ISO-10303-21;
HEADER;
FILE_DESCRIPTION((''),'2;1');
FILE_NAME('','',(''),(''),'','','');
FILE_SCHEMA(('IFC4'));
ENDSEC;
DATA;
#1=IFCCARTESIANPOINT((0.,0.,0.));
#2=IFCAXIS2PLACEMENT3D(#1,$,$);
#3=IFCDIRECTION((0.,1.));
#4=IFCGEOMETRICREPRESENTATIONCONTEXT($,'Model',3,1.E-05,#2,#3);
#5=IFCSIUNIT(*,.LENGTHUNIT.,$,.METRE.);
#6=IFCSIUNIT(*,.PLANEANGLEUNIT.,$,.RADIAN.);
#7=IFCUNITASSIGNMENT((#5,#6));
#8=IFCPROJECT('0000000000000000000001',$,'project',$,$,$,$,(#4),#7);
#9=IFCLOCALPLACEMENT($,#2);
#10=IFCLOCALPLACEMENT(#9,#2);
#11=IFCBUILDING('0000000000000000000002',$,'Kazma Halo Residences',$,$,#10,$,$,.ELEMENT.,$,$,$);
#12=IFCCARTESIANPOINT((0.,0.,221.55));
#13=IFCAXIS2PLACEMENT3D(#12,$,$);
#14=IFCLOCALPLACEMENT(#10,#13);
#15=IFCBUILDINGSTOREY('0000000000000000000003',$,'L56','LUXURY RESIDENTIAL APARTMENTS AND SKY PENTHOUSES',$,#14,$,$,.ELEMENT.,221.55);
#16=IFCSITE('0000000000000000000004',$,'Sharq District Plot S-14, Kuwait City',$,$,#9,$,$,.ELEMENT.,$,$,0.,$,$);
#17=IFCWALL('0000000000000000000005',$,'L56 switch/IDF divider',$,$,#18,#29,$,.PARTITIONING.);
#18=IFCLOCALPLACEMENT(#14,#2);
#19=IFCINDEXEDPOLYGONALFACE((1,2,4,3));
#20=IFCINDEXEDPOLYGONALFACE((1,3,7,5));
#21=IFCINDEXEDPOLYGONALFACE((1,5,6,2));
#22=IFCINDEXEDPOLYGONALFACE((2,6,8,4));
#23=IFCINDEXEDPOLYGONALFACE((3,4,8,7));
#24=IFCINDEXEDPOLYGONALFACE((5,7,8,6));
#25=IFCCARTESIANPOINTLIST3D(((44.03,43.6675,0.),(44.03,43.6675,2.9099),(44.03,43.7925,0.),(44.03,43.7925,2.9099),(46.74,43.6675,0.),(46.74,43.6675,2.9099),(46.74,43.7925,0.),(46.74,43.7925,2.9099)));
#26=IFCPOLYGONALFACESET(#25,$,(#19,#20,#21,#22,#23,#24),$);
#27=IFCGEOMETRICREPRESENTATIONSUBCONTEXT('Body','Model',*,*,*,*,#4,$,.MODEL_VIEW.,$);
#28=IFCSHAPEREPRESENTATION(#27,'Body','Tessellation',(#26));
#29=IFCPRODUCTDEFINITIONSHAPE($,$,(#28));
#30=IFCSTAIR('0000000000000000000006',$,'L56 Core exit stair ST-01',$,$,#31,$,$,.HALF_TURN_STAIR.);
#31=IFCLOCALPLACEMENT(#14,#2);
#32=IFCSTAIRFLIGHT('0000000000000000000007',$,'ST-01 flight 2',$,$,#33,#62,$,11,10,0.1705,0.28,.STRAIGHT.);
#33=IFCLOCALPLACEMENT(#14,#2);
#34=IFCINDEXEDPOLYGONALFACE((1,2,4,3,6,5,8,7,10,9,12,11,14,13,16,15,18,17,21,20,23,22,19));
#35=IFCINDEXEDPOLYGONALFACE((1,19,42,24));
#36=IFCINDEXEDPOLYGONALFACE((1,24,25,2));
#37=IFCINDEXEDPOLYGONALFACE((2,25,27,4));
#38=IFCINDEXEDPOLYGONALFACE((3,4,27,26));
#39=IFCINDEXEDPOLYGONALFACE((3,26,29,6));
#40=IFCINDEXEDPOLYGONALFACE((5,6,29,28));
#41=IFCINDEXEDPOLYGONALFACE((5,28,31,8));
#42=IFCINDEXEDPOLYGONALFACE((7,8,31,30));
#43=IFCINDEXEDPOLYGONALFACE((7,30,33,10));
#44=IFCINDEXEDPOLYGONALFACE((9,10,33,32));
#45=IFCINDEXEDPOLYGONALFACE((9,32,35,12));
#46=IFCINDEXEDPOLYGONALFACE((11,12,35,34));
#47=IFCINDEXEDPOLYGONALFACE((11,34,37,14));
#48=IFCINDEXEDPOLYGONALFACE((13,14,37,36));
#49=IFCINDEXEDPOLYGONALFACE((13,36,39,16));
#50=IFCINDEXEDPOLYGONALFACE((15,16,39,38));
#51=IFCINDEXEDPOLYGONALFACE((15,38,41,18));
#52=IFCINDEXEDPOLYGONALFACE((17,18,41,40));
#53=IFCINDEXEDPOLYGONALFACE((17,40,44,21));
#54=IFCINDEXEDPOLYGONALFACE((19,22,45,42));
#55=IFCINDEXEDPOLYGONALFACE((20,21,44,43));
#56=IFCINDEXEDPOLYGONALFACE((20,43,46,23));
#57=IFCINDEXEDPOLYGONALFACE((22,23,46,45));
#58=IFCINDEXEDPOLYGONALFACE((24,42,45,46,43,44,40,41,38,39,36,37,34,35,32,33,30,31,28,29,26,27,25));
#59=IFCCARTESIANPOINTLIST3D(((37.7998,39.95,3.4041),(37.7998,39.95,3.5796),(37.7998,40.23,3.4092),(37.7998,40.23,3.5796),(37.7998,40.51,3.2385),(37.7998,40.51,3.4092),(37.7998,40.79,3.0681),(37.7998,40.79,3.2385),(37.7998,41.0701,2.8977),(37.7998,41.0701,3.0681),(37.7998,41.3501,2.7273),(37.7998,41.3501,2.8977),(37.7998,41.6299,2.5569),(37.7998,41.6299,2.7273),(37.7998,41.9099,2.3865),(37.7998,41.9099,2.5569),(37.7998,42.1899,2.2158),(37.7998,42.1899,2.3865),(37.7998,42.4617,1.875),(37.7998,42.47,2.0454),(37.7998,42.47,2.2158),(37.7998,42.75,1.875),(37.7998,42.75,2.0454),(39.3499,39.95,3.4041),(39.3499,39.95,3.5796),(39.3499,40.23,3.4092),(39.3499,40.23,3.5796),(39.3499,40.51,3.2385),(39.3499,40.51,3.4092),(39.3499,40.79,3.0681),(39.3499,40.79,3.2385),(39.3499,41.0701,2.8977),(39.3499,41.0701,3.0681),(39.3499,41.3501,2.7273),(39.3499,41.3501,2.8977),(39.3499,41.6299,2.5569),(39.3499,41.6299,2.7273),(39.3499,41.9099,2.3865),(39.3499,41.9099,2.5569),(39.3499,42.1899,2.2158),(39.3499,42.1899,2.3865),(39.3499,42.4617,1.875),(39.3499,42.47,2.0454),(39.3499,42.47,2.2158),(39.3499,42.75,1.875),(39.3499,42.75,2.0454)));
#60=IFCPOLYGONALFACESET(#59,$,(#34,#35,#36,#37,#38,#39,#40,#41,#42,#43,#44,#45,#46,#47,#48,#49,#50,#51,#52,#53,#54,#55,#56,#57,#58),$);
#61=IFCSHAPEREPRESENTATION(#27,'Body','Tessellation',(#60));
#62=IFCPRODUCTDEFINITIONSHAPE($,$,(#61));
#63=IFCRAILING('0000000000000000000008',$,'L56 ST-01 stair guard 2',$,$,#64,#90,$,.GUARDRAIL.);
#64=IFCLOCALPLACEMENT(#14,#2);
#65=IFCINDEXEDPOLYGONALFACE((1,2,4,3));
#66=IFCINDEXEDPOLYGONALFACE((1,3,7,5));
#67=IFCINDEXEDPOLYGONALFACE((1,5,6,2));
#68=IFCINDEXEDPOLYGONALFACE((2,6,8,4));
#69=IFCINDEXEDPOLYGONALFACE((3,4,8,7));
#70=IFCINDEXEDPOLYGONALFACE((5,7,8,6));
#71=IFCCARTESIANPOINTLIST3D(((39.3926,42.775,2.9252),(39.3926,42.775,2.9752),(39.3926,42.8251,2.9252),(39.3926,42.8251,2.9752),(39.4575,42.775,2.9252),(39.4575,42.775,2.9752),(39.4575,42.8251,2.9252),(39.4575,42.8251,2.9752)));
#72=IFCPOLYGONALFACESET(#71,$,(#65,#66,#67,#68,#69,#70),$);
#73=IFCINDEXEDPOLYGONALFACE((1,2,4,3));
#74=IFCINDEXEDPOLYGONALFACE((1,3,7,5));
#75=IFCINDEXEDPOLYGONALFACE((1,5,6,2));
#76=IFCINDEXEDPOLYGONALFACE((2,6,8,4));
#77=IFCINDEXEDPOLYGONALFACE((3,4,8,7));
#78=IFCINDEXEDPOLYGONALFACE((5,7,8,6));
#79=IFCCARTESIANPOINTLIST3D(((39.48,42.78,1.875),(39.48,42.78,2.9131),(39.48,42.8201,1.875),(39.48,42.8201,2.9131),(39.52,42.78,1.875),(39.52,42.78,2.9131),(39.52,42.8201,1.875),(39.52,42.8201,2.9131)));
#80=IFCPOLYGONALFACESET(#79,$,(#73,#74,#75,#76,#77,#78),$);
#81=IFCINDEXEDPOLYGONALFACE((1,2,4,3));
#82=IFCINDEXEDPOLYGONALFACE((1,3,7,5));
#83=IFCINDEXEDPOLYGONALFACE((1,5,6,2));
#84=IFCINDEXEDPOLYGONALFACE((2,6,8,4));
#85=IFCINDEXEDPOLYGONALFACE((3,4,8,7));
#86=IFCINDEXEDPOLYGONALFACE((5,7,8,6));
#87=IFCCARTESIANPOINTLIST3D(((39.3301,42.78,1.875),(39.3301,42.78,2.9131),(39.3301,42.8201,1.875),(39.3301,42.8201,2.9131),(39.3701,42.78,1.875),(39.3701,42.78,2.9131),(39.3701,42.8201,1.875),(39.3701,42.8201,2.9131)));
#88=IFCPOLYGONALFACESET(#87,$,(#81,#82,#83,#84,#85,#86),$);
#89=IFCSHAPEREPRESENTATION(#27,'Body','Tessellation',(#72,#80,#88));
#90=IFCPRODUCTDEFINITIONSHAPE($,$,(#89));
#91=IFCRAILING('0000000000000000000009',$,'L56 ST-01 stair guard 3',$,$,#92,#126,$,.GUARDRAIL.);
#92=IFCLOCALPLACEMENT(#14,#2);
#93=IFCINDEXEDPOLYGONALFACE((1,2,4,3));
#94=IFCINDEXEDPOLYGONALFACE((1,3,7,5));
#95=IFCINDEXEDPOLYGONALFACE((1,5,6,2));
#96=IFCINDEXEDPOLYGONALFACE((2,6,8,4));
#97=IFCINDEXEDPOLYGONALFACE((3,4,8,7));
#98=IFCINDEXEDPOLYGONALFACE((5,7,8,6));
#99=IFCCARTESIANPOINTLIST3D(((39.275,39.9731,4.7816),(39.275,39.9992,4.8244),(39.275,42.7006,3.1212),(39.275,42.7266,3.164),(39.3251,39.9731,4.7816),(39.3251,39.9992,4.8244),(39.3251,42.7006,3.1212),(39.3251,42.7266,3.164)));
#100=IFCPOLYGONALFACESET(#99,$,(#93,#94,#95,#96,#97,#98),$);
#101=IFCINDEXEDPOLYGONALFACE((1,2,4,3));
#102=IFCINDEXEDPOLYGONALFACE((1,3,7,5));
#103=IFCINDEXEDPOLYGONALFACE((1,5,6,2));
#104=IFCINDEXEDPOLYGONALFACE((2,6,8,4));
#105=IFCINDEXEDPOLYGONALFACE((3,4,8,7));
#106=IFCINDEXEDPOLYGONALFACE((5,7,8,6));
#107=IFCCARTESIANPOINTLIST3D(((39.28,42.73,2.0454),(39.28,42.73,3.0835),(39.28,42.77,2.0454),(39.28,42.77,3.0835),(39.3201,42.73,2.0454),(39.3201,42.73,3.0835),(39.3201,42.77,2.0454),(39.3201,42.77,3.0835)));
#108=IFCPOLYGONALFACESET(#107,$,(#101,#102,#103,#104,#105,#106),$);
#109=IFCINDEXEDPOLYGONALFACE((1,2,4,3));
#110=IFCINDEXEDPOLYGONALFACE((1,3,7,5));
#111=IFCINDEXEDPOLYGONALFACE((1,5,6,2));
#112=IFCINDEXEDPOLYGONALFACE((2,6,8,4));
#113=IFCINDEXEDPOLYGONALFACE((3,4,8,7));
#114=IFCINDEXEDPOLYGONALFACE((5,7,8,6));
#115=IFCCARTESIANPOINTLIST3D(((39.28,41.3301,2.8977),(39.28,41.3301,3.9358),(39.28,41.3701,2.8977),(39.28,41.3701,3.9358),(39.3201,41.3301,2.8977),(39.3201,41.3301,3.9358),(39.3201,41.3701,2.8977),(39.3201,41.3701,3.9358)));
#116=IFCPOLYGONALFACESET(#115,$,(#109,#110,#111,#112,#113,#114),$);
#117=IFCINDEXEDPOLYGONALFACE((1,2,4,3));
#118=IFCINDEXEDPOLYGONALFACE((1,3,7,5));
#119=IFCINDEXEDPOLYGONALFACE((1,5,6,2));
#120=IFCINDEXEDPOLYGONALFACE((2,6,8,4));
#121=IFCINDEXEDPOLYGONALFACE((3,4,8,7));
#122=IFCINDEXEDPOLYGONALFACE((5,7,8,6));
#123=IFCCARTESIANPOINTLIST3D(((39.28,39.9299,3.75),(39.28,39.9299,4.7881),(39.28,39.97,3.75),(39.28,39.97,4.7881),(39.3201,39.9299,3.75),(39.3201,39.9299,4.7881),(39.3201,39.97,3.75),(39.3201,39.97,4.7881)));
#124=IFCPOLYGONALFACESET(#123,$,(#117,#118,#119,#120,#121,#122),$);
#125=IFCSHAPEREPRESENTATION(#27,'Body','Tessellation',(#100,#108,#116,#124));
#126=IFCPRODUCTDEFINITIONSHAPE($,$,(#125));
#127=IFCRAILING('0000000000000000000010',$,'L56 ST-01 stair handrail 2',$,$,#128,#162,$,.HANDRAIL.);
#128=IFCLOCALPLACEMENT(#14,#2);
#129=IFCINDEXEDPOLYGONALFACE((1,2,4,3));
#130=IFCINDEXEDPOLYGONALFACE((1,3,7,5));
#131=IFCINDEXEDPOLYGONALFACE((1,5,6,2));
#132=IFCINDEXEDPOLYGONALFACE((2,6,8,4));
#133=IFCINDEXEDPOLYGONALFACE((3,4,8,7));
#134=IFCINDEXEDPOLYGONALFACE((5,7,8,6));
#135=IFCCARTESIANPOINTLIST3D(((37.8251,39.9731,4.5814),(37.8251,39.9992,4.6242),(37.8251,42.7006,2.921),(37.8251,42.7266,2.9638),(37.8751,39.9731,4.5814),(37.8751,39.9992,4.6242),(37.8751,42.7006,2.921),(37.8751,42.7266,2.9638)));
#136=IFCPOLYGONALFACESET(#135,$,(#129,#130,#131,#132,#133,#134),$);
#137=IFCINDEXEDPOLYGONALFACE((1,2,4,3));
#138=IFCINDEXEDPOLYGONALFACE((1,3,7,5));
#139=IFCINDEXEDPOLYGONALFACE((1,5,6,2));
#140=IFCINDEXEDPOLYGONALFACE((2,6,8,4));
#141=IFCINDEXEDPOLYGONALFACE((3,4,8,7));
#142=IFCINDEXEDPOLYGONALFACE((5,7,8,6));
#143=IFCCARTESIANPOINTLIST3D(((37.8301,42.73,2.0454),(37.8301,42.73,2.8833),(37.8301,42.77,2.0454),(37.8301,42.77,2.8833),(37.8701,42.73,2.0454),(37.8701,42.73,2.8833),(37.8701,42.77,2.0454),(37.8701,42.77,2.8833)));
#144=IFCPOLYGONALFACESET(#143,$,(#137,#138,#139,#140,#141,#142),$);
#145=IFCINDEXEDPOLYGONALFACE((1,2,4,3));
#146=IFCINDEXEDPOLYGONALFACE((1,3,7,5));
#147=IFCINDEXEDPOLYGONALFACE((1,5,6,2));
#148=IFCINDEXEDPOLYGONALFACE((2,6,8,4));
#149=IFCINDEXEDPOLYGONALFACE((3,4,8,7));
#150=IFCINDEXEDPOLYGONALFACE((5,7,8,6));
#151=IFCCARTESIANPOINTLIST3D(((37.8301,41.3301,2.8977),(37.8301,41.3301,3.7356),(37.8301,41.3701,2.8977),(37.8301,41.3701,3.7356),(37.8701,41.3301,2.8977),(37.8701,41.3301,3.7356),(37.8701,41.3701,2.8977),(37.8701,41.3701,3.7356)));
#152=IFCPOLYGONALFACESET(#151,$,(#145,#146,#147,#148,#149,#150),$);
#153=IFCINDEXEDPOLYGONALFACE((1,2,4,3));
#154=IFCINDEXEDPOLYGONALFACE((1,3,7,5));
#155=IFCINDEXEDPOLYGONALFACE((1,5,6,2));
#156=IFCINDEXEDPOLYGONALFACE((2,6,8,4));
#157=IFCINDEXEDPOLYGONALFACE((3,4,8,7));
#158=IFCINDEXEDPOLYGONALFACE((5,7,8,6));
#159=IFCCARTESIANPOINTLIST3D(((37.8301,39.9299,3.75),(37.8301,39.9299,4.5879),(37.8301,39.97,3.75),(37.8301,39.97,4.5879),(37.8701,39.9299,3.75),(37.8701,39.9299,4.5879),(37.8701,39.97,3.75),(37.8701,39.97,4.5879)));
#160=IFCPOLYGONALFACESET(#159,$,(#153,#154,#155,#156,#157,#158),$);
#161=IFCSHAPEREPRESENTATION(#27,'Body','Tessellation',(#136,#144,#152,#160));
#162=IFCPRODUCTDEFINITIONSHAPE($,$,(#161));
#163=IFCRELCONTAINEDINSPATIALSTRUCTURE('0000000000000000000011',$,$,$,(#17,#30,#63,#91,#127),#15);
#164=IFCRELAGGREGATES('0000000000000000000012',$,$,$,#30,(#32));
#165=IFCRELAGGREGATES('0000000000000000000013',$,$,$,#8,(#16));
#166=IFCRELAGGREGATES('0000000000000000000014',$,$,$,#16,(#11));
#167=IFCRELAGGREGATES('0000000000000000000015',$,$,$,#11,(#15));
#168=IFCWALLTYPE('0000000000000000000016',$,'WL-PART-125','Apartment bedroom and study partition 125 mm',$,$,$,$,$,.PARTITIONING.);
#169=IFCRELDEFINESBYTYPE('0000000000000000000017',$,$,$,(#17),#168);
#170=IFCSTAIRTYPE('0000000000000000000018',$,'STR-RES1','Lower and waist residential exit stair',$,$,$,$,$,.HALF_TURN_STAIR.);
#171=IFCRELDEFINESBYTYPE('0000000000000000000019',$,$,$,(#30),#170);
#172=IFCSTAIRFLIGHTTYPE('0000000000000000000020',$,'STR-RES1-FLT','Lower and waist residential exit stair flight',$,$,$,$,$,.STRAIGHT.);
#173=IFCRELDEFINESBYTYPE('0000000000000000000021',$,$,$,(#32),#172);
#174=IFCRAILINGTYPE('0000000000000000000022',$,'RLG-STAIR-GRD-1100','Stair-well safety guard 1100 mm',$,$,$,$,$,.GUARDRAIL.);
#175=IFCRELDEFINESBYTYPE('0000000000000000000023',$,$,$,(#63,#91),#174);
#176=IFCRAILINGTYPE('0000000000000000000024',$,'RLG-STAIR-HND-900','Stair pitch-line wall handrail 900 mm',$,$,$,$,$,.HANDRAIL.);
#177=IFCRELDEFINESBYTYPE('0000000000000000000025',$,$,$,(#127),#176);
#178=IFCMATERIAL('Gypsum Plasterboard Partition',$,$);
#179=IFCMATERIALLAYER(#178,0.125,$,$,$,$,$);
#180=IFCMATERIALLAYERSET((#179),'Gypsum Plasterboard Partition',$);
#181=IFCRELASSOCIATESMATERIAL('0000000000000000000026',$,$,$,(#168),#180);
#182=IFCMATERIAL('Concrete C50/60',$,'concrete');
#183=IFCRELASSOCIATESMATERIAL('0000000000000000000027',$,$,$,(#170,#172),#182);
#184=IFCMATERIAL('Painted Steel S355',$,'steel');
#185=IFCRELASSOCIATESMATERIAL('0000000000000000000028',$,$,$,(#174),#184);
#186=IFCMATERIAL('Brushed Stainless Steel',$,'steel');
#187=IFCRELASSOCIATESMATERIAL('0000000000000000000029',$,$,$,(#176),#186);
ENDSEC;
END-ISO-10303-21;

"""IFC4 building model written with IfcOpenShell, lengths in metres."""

from ifc_helpers import new_model, si_unit, direction, frame, frame_2d, origin, origin_2d, place, context, subcontext, project, spatial, polyline, rectangle, outline, extrude, material, layer, layer_set, type_object, element, aggregate, save


model = new_model("IFC4")

# Units and contexts
model_context = context("Model", 3, precision=1e-05, world=origin(), true_north=direction((0.0, 1.0)))
body_context = subcontext(model_context, "Body", "Model", "MODEL_VIEW")
ifc_project = project(units=[si_unit("LENGTHUNIT", "METRE"), si_unit("PLANEANGLEUNIT", "RADIAN")], contexts=[model_context])

# Site, building, storey
site_placement = place(None, origin())
site = spatial("IfcSite", under=ifc_project, at=site_placement, Name="Sharq District Plot S-14, Kuwait City", CompositionType="ELEMENT", RefElevation=0.0)
building_placement = place(site_placement, origin())
building = spatial("IfcBuilding", under=site, at=building_placement, Name="Kazma Halo Residences", CompositionType="ELEMENT")
storey_placement = place(building_placement, frame((0.0, 0.0, 221.55)))
storey = spatial("IfcBuildingStorey", under=building, at=storey_placement, Name="L56", Description="LUXURY RESIDENTIAL APARTMENTS AND SKY PENTHOUSES", CompositionType="ELEMENT", Elevation=221.55)

# Wall
ifc_material_1 = material(Name="Gypsum Plasterboard Partition")
ifc_layer_1 = layer(ifc_material_1, 0.125)
ifc_layer_set_1 = layer_set([ifc_layer_1], Name="Gypsum Plasterboard Partition")
wall_type_1 = type_object("IfcWallType", Name="WL-PART-125", Description="Apartment bedroom and study partition 125 mm", PredefinedType="PARTITIONING", material=ifc_layer_set_1)
wall_1_placement = place(storey_placement, frame((44.03, 43.73, 0.0), z_axis=(0.0, 0.0, 1.0), x_axis=(1.0, 0.0, 0.0)))
element("IfcWall", 1, at=wall_1_placement, inside=storey, type_object=wall_type_1, Name="L56 switch/IDF divider", PredefinedType="PARTITIONING", context=body_context, shape_type="SweptSolid", body=[
    extrude(rectangle(XDim=2.71, YDim=0.125, at=frame_2d((1.355, 0.0))), origin(), (0.0, 0.0, 1.0), 2.9099),
])

# Stair, stair flight
ifc_material_2 = material(Name="Concrete C50/60", Category="concrete")
stair_type = type_object("IfcStairType", Name="STR-RES1", Description="Lower and waist residential exit stair", PredefinedType="HALF_TURN_STAIR", material=ifc_material_2)
stair_placement = place(storey_placement, origin())
stair = element("IfcStair", 2, at=stair_placement, inside=storey, type_object=stair_type, Name="L56 Core exit stair ST-01", PredefinedType="HALF_TURN_STAIR")
stair_flight_type = type_object("IfcStairFlightType", Name="STR-RES1-FLT", Description="Lower and waist residential exit stair flight", PredefinedType="STRAIGHT", material=ifc_material_2)
stair_flight_placement = place(storey_placement, frame((38.575, 42.75, 1.875), z_axis=(0.0, 0.0, 1.0), x_axis=(0.0, -1.0, 0.0)))
stair_flight = element("IfcStairFlight", 3, at=stair_flight_placement, type_object=stair_flight_type, Name="ST-01 flight 2", NumberOfRisers=11, NumberOfTreads=10, PredefinedType="STRAIGHT", RiserHeight=0.1705, TreadLength=0.28, context=body_context, shape_type="SweptSolid", body=[
    extrude(outline(polyline([(0.0, 0.0), (0.0, 0.1704), (0.28, 0.1704), (0.28, 0.3408), (0.5601, 0.3408), (0.5601, 0.5115), (0.8401, 0.5115), (0.8401, 0.6819), (1.1201, 0.6819), (1.1201, 0.8523), (1.3999, 0.8523), (1.3999, 1.0227), (1.6799, 1.0227), (1.6799, 1.1931), (1.96, 1.1931), (1.96, 1.3635), (2.24, 1.3635), (2.24, 1.5342), (2.52, 1.5342), (2.52, 1.7046), (2.8, 1.7046), (2.8, 1.875), (2.8, 1.5291), (0.2883, 0.0), (0.0, 0.0)])), frame((0.0, 0.7749, 0.0), z_axis=(0.0, -1.0, 0.0), x_axis=(1.0, 0.0, 0.0)), (0.0, 0.0, 1.0), 1.55),
])
aggregate(stair, [stair_flight])

# Railings
ifc_material_3 = material(Name="Painted Steel S355", Category="steel")
railing_type_1 = type_object("IfcRailingType", Name="RLG-STAIR-GRD-1100", Description="Stair-well safety guard 1100 mm", PredefinedType="GUARDRAIL", material=ifc_material_3)
railing_1_placement = place(storey_placement, frame((39.5, 42.8, 1.875)))
element("IfcRailing", 4, at=railing_1_placement, inside=storey, type_object=railing_type_1, Name="L56 ST-01 stair guard 2", PredefinedType="GUARDRAIL", context=body_context, shape_type="SweptSolid", body=[
    extrude(rectangle(XDim=0.05, YDim=0.05, at=origin_2d()), frame((-0.0425, 0.0, 1.0752), z_axis=(-1.0, 0.0, 0.0), x_axis=(0.0, -1.0, 0.0)), (0.0, 0.0, 1.0), 0.0649),
    extrude(rectangle(XDim=0.04, YDim=0.04, at=origin_2d()), origin(), (0.0, 0.0, 1.0), 1.0381),
    extrude(rectangle(XDim=0.04, YDim=0.04, at=origin_2d()), frame((-0.1499, 0.0, 0.0)), (0.0, 0.0, 1.0), 1.0381),
])
railing_2_placement = place(storey_placement, frame((39.3, 42.75, 2.0454)))
element("IfcRailing", 5, at=railing_2_placement, inside=storey, type_object=railing_type_1, Name="L56 ST-01 stair guard 3", PredefinedType="GUARDRAIL", context=body_context, shape_type="SweptSolid", body=[
    extrude(rectangle(XDim=0.05, YDim=0.05, at=origin_2d()), frame((0.0, -0.0364, 1.0972), z_axis=(0.0, -0.85417, 0.519994), x_axis=(1.0, 0.0, 0.0)), (0.0, 0.0, 1.0), 3.1931),
    extrude(rectangle(XDim=0.04, YDim=0.04, at=origin_2d()), origin(), (0.0, 0.0, 1.0), 1.0381),
    extrude(rectangle(XDim=0.04, YDim=0.04, at=origin_2d()), frame((0.0, -1.3999, 0.8523)), (0.0, 0.0, 1.0), 1.0381),
    extrude(rectangle(XDim=0.04, YDim=0.04, at=origin_2d()), frame((0.0, -2.8, 1.7046)), (0.0, 0.0, 1.0), 1.0381),
])
ifc_material_4 = material(Name="Brushed Stainless Steel", Category="steel")
railing_type_2 = type_object("IfcRailingType", Name="RLG-STAIR-HND-900", Description="Stair pitch-line wall handrail 900 mm", PredefinedType="HANDRAIL", material=ifc_material_4)
railing_3_placement = place(storey_placement, frame((37.8501, 42.75, 2.0454)))
element("IfcRailing", 6, at=railing_3_placement, inside=storey, type_object=railing_type_2, Name="L56 ST-01 stair handrail 2", PredefinedType="HANDRAIL", context=body_context, shape_type="SweptSolid", body=[
    extrude(rectangle(XDim=0.05, YDim=0.05, at=origin_2d()), frame((0.0, -0.0364, 0.897), z_axis=(0.0, -0.85417, 0.519994), x_axis=(1.0, 0.0, 0.0)), (0.0, 0.0, 1.0), 3.1931),
    extrude(rectangle(XDim=0.04, YDim=0.04, at=origin_2d()), origin(), (0.0, 0.0, 1.0), 0.8379),
    extrude(rectangle(XDim=0.04, YDim=0.04, at=origin_2d()), frame((0.0, -1.3999, 0.8523)), (0.0, 0.0, 1.0), 0.8379),
    extrude(rectangle(XDim=0.04, YDim=0.04, at=origin_2d()), frame((0.0, -2.8, 1.7046)), (0.0, 0.0, 1.0), 0.8379),
])

save(model, "model.ifc")
